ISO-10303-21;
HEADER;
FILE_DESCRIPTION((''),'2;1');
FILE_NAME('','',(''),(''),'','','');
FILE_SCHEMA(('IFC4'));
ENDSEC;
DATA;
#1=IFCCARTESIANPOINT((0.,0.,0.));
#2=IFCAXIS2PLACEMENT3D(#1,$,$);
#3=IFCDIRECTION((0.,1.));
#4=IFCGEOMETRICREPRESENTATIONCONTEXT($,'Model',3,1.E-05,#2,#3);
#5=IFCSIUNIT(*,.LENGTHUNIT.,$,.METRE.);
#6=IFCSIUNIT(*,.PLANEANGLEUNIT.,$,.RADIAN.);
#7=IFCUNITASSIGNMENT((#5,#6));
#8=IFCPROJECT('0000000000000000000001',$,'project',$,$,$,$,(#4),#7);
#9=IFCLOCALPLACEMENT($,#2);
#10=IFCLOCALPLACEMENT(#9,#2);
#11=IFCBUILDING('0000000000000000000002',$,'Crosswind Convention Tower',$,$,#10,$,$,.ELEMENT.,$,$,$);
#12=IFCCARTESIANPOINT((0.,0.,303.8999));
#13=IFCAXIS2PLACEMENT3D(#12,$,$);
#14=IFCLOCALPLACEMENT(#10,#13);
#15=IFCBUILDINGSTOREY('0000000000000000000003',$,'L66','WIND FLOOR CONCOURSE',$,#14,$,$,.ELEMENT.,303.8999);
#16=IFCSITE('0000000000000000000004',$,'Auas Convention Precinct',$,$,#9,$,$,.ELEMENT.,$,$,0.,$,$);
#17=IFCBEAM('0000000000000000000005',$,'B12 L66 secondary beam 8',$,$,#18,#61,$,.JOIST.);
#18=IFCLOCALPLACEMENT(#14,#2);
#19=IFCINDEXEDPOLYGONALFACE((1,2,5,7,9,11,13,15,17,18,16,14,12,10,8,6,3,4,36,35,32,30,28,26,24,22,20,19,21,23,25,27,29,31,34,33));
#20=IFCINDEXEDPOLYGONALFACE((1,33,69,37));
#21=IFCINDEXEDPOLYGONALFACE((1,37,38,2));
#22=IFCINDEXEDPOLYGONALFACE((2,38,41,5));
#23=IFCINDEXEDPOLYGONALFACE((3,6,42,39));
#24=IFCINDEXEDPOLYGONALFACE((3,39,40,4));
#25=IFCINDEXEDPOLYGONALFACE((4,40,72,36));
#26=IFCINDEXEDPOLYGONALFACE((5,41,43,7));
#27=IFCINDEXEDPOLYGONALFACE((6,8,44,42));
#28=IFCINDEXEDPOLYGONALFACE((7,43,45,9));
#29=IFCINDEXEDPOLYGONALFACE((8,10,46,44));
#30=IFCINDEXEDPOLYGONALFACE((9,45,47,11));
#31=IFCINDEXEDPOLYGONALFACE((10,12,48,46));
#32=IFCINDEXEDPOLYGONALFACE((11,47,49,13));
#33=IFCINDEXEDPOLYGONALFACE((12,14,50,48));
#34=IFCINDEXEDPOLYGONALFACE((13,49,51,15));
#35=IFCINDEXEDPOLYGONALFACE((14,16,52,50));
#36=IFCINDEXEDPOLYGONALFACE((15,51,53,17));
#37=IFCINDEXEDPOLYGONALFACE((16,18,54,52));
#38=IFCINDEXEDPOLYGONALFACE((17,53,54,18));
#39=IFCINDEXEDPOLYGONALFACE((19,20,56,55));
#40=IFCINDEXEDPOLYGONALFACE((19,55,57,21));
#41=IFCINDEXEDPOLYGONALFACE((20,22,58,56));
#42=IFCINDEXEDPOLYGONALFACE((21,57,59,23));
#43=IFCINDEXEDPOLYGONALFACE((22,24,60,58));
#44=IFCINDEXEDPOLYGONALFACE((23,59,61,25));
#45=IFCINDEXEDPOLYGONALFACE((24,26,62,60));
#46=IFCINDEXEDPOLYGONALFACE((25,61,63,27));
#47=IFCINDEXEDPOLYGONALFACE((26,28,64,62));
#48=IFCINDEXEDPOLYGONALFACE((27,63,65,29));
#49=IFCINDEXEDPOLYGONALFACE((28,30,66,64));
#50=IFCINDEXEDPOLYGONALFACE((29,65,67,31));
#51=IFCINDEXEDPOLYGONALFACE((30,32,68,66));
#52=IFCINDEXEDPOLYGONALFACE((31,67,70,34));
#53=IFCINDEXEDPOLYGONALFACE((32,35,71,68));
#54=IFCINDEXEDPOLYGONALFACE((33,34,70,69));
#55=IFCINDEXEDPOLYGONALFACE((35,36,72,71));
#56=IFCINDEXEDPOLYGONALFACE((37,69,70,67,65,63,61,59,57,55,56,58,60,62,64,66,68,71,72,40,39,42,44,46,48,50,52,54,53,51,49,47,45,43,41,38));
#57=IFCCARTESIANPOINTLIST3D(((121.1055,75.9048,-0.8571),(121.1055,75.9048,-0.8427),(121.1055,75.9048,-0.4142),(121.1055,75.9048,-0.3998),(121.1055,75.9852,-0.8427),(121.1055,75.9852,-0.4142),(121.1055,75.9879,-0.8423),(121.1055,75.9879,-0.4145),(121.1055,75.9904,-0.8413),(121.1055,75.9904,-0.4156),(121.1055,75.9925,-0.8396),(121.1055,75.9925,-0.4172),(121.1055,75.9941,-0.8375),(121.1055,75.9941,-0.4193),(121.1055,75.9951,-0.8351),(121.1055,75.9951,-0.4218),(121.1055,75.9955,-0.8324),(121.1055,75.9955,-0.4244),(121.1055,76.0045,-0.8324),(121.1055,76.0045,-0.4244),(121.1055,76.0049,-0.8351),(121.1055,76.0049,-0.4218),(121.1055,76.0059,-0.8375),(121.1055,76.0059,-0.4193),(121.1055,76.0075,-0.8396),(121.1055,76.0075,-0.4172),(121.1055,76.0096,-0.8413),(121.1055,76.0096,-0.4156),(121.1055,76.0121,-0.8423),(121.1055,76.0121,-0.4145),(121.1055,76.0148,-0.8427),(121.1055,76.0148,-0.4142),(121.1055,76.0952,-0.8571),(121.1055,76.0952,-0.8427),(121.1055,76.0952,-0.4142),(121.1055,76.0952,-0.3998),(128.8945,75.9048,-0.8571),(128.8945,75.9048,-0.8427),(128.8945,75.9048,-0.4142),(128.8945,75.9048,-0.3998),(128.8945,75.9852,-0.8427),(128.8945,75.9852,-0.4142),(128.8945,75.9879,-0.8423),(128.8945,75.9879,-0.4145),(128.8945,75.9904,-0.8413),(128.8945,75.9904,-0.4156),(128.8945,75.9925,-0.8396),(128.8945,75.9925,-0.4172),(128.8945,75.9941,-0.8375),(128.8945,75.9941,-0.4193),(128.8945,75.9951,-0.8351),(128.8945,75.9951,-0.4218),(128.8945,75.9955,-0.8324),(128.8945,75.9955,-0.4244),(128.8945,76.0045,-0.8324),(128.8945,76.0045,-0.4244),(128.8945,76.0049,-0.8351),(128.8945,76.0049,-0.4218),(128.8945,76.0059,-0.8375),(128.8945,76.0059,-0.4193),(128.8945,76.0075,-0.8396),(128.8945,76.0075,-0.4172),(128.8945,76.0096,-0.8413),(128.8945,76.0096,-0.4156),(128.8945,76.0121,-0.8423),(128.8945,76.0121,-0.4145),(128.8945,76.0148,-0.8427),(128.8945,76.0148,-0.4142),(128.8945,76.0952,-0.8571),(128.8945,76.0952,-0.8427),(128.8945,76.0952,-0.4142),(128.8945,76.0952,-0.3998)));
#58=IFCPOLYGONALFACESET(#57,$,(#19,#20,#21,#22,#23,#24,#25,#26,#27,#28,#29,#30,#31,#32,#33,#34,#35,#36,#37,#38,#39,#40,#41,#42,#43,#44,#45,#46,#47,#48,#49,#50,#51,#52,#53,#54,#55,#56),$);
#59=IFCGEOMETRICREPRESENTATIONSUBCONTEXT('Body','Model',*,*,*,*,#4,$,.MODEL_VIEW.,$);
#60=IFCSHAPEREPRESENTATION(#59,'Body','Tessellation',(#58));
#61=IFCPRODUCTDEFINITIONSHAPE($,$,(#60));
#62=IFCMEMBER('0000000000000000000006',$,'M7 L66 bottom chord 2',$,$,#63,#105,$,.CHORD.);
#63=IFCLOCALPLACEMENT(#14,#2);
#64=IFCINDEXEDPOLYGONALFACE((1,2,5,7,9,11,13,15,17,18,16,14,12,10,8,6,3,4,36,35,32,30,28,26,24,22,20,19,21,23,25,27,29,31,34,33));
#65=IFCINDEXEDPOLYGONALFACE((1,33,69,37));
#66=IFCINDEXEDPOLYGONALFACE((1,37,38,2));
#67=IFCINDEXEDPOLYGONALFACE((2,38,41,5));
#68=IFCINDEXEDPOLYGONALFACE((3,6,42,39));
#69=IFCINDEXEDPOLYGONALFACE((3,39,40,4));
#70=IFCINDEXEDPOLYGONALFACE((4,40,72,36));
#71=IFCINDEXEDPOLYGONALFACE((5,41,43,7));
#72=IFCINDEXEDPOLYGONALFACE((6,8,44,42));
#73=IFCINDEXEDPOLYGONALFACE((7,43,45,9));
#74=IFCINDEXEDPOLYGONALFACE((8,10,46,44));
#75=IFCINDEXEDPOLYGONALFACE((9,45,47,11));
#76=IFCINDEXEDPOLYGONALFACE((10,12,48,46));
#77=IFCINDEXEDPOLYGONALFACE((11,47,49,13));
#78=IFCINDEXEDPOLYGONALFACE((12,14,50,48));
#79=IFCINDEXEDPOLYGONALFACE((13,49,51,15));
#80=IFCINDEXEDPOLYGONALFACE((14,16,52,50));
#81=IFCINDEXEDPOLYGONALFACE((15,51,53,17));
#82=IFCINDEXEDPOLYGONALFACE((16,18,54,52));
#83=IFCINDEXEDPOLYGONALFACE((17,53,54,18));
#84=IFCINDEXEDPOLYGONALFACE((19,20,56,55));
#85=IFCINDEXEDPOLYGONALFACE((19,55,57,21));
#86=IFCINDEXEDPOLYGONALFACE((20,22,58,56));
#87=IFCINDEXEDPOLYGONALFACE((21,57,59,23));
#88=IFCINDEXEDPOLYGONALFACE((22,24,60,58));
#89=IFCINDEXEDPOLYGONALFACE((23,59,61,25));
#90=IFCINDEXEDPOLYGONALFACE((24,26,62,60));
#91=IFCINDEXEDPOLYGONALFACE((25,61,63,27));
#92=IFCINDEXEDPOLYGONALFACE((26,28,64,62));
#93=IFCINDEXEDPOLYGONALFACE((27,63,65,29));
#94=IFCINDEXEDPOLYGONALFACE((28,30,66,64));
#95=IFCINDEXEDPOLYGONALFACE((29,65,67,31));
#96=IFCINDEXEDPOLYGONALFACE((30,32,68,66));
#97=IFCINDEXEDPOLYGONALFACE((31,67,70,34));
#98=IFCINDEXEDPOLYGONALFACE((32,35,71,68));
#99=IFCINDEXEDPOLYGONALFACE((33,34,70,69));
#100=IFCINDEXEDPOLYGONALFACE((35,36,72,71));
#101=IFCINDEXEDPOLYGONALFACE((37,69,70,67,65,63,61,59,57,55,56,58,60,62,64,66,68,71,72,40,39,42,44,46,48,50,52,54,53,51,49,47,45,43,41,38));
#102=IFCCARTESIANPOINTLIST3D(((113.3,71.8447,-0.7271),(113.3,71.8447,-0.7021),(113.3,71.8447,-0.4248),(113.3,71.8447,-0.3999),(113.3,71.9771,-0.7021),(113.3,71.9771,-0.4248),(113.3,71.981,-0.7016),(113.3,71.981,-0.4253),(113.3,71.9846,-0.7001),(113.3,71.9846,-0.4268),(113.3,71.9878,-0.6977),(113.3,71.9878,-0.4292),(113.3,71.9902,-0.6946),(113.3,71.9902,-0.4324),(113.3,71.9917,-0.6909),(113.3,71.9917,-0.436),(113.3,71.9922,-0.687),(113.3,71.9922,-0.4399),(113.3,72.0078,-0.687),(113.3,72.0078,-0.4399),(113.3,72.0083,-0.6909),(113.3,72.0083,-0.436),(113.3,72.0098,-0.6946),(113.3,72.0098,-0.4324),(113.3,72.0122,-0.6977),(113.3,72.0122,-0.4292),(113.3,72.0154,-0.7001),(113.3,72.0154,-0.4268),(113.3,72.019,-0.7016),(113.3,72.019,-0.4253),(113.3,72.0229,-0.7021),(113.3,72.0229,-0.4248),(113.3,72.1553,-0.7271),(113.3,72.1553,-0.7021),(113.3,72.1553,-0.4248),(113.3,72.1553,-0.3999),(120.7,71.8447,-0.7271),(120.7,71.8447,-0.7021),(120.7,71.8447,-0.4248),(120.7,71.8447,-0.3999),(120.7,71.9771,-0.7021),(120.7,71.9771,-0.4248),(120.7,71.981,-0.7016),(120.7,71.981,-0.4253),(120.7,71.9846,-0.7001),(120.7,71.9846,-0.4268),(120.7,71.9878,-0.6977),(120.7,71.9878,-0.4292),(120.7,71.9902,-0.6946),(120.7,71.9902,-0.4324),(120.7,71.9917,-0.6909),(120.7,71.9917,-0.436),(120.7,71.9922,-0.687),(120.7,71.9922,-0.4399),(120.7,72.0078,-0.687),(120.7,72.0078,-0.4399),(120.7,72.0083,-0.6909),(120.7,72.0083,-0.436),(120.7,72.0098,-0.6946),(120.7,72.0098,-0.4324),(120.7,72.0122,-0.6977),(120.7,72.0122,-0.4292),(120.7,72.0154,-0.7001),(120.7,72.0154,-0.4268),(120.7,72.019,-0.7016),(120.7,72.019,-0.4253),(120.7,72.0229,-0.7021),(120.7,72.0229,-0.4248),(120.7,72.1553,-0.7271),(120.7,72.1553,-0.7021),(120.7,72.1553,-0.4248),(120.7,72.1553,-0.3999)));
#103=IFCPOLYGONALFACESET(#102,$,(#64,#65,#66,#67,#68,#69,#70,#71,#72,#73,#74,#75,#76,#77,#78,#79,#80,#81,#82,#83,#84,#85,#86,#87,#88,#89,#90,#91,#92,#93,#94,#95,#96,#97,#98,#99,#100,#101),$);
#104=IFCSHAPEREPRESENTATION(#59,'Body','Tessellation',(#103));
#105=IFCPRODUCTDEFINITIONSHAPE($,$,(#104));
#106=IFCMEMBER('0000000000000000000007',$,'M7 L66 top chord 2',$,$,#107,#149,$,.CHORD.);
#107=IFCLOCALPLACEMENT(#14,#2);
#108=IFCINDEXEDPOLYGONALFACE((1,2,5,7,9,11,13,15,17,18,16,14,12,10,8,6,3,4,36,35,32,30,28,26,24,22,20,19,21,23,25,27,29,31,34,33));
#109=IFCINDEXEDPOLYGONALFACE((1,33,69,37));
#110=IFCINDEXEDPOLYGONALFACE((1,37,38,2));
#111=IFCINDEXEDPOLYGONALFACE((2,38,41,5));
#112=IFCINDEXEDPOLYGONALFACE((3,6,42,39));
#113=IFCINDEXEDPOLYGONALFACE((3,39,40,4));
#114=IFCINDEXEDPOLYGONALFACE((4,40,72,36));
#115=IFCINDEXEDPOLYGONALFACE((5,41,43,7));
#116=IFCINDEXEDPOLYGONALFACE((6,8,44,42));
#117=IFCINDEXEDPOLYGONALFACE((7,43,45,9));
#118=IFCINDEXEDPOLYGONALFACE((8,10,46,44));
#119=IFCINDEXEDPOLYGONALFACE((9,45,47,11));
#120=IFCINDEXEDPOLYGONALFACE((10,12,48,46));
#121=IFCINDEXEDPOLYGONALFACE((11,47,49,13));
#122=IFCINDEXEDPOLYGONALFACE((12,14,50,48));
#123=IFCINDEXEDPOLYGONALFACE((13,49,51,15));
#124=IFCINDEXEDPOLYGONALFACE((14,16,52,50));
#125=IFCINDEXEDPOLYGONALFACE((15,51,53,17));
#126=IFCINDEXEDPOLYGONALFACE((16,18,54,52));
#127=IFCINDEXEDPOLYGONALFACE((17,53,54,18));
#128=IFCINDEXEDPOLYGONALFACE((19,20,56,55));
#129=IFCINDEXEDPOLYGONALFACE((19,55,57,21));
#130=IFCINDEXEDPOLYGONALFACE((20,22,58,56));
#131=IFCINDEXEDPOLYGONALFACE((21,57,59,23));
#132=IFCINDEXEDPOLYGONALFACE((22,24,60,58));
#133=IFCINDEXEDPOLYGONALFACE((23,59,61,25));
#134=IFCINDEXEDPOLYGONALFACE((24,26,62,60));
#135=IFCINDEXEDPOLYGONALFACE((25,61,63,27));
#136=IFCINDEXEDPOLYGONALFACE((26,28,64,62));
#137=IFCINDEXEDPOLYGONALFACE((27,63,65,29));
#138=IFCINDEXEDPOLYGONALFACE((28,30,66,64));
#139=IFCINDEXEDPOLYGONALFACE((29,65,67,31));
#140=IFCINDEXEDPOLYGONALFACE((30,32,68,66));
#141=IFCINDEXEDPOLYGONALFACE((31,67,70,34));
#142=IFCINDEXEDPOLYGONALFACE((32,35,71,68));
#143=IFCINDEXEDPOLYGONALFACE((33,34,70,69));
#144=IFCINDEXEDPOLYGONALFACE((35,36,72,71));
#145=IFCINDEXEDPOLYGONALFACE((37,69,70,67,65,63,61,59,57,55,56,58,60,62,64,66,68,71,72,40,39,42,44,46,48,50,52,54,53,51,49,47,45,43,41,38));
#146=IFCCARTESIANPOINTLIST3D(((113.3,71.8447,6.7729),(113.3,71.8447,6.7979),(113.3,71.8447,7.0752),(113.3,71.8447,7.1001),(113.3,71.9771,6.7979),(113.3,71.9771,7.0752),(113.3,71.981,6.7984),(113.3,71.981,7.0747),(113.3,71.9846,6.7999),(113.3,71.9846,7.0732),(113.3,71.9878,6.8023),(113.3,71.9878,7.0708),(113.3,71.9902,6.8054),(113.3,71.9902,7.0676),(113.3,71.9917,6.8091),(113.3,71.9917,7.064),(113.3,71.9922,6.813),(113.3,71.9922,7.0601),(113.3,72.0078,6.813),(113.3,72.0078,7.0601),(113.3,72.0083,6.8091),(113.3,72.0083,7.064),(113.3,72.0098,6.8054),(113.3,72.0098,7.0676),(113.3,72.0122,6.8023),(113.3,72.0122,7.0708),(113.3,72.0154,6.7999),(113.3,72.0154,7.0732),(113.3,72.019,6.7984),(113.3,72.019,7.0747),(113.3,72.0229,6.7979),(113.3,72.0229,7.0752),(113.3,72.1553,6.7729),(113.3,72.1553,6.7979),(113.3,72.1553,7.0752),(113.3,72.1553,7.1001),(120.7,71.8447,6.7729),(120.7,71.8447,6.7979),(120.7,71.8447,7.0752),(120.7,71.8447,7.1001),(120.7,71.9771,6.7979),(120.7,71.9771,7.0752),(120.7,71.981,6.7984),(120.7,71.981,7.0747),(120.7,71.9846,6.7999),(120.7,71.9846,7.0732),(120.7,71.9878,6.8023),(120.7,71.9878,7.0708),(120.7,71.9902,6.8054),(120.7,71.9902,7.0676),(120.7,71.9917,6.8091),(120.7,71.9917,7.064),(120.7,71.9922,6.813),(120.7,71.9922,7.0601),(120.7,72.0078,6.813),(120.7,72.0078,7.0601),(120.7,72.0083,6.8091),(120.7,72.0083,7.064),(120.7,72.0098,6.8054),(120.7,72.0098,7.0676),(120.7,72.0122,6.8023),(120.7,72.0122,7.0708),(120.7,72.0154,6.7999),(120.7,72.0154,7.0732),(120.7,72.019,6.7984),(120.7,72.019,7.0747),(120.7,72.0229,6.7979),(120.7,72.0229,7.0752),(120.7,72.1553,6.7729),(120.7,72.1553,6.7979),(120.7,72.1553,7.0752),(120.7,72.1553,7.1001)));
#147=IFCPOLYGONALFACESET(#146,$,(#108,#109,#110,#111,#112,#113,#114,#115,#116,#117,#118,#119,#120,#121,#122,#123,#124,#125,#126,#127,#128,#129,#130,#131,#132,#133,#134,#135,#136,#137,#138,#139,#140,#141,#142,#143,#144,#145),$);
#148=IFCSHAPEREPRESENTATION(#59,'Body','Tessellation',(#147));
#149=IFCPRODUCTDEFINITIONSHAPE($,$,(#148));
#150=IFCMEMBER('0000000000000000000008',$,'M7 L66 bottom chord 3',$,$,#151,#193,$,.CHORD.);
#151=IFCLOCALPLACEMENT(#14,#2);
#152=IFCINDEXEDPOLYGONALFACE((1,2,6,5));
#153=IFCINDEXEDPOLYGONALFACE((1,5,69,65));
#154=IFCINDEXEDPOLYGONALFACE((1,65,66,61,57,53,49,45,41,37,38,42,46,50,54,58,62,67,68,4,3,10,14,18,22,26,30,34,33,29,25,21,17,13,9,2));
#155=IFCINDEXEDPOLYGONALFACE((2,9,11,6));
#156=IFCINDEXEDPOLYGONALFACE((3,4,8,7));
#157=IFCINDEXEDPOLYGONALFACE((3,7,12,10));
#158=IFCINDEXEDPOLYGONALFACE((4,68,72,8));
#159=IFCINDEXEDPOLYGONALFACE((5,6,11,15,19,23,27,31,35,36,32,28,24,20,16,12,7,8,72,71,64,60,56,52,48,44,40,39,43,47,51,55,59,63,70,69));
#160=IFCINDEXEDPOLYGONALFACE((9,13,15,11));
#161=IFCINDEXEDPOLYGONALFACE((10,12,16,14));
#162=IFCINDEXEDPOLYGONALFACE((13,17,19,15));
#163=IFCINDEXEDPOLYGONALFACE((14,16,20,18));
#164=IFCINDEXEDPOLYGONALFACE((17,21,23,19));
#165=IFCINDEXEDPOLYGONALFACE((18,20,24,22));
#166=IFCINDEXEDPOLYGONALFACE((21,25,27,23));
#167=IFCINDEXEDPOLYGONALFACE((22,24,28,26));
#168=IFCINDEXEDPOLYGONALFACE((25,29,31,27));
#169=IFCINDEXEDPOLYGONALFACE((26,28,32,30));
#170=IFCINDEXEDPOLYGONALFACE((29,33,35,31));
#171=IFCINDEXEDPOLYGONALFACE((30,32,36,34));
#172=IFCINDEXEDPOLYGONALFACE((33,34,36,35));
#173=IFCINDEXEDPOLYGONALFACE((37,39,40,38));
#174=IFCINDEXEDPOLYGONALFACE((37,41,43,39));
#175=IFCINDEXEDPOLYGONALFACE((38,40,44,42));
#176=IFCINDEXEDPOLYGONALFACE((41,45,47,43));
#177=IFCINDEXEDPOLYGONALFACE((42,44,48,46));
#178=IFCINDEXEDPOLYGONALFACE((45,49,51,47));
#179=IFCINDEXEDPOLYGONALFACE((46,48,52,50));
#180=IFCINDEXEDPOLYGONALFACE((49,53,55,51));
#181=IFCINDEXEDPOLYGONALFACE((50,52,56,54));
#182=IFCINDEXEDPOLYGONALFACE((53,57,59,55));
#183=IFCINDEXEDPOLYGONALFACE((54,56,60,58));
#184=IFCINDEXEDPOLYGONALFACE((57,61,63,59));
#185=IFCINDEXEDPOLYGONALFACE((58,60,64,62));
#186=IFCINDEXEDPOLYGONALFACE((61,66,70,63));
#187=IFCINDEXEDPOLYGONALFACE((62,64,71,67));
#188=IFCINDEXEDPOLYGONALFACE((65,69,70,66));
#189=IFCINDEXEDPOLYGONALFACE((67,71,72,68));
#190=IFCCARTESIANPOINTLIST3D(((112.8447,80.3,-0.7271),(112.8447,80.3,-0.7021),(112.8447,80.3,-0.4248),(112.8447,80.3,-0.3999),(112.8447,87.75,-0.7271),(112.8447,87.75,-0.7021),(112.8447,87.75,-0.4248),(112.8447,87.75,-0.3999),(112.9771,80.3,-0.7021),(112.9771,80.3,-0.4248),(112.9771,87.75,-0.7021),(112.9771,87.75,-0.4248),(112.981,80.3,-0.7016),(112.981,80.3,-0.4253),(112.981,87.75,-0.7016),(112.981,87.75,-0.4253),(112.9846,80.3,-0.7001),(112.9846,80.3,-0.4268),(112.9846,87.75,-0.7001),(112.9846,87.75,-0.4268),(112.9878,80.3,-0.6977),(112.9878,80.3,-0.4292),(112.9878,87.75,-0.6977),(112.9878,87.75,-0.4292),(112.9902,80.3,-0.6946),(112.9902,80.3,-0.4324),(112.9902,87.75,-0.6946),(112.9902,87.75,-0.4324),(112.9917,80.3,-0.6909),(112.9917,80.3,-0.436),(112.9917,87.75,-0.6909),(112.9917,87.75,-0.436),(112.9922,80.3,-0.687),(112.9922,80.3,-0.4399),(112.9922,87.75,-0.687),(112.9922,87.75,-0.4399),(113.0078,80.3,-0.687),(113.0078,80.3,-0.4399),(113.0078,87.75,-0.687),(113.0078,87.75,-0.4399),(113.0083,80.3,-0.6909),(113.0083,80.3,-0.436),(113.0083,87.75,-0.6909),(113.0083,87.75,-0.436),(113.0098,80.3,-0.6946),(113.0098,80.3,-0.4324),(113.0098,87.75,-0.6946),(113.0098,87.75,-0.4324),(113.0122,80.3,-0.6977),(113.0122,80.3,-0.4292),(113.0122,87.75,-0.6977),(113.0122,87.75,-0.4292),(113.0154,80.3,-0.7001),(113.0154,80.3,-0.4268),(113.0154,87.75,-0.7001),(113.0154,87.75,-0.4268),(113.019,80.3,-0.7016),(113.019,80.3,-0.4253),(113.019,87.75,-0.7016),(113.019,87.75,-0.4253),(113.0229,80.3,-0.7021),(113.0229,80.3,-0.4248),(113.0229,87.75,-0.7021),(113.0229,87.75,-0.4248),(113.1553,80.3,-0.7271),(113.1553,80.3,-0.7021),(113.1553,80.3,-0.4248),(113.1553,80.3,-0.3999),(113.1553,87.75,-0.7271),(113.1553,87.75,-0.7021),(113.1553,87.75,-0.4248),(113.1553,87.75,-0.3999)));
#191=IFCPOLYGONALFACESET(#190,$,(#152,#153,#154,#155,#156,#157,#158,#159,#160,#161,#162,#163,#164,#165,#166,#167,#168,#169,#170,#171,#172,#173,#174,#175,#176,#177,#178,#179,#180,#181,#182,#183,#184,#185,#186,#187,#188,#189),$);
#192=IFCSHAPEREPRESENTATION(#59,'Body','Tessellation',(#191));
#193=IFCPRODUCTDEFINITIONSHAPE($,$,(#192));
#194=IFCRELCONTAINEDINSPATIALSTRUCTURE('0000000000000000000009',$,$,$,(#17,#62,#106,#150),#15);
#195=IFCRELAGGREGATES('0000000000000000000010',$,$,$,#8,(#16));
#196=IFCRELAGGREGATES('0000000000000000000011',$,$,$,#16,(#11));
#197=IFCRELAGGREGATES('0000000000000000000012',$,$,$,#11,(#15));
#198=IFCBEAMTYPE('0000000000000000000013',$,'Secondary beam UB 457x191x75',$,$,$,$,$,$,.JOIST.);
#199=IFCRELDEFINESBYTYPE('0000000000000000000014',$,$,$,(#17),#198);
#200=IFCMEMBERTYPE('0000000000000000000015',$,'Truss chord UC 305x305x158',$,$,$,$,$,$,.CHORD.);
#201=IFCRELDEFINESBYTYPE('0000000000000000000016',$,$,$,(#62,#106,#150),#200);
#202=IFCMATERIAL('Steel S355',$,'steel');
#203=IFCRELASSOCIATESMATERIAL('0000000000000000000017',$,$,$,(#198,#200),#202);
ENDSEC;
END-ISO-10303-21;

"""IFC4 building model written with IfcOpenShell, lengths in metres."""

from ifc_helpers import new_model, si_unit, direction, frame, origin, origin_2d, place, context, subcontext, project, spatial, i_section, extrude, material, material_profile, profile_set, type_object, element, save


model = new_model("IFC4")

# Units and contexts
model_context = context("Model", 3, precision=1e-05, world=origin(), true_north=direction((0.0, 1.0)))
body_context = subcontext(model_context, "Body", "Model", "MODEL_VIEW")
ifc_project = project(units=[si_unit("LENGTHUNIT", "METRE"), si_unit("PLANEANGLEUNIT", "RADIAN")], contexts=[model_context])

# Site, building, storey
site_placement = place(None, origin())
site = spatial("IfcSite", under=ifc_project, at=site_placement, Name="Auas Convention Precinct", CompositionType="ELEMENT", RefElevation=0.0)
building_placement = place(site_placement, origin())
building = spatial("IfcBuilding", under=site, at=building_placement, Name="Crosswind Convention Tower", CompositionType="ELEMENT")
storey_placement = place(building_placement, frame((0.0, 0.0, 303.8999)))
storey = spatial("IfcBuildingStorey", under=building, at=storey_placement, Name="L66", Description="WIND FLOOR CONCOURSE", CompositionType="ELEMENT", Elevation=303.8999)

# Beam
ifc_material_1 = material(Name="Steel S355", Category="steel")
ifc_material_profile_1 = material_profile(ifc_material_1, i_section(OverallWidth=0.1904, OverallDepth=0.4573, WebThickness=0.009, FlangeThickness=0.0144, FilletRadius=0.0103, at=origin_2d()), Name="UB 457x191x75")
ifc_profile_set_1 = profile_set([ifc_material_profile_1], Name="Steel S355")
beam_type_1 = type_object("IfcBeamType", Name="Secondary beam UB 457x191x75", PredefinedType="JOIST", material=ifc_profile_set_1)
beam_1_placement = place(storey_placement, frame((121.1055, 76.0, -0.6284), z_axis=(1.0, 0.0, 0.0), x_axis=(0.0, 1.0, 0.0)))
element("IfcBeam", 1, at=beam_1_placement, inside=storey, type_object=beam_type_1, Name="B12 L66 secondary beam 8", PredefinedType="JOIST", context=body_context, shape_type="SweptSolid", body=[
    extrude(i_section(OverallWidth=0.1904, OverallDepth=0.4573, WebThickness=0.009, FlangeThickness=0.0144, FilletRadius=0.0103, at=origin_2d()), origin(), (0.0, 0.0, 1.0), 7.7891),
])

# Members
ifc_material_profile_2 = material_profile(ifc_material_1, i_section(OverallWidth=0.3105, OverallDepth=0.3271, WebThickness=0.0156, FlangeThickness=0.0249, FilletRadius=0.0151, at=origin_2d()), Name="UC 305x305x158")
ifc_profile_set_2 = profile_set([ifc_material_profile_2], Name="Steel S355")
member_type_1 = type_object("IfcMemberType", Name="Truss chord UC 305x305x158", PredefinedType="CHORD", material=ifc_profile_set_2)
for number, where, z_axis, x_axis, name in (
    (2, (113.3, 72.0, -0.5635), (1.0, 0.0, 0.0), (0.0, 1.0, 0.0), "M7 L66 bottom chord 2"),
    (3, (113.3, 72.0, 6.9365), (1.0, 0.0, 0.0), (0.0, 1.0, 0.0), "M7 L66 top chord 2"),
):
    element("IfcMember", number, at=place(storey_placement, frame(where, z_axis=z_axis, x_axis=x_axis)), inside=storey, type_object=member_type_1, Name=name, PredefinedType="CHORD", context=body_context, shape_type="SweptSolid", body=[
        extrude(i_section(OverallWidth=0.3105, OverallDepth=0.3271, WebThickness=0.0156, FlangeThickness=0.0249, FilletRadius=0.0151, at=origin_2d()), origin(), (0.0, 0.0, 1.0), 7.3999),
    ])
for number, where, z_axis, x_axis, name in (
    (4, (113.0, 80.3, -0.5635), (0.0, 1.0, 0.0), (-1.0, 0.0, 0.0), "M7 L66 bottom chord 3"),
):
    element("IfcMember", number, at=place(storey_placement, frame(where, z_axis=z_axis, x_axis=x_axis)), inside=storey, type_object=member_type_1, Name=name, PredefinedType="CHORD", context=body_context, shape_type="SweptSolid", body=[
        extrude(i_section(OverallWidth=0.3105, OverallDepth=0.3271, WebThickness=0.0156, FlangeThickness=0.0249, FilletRadius=0.0151, at=origin_2d()), origin(), (0.0, 0.0, 1.0), 7.45),
    ])

save(model, "model.ifc")
